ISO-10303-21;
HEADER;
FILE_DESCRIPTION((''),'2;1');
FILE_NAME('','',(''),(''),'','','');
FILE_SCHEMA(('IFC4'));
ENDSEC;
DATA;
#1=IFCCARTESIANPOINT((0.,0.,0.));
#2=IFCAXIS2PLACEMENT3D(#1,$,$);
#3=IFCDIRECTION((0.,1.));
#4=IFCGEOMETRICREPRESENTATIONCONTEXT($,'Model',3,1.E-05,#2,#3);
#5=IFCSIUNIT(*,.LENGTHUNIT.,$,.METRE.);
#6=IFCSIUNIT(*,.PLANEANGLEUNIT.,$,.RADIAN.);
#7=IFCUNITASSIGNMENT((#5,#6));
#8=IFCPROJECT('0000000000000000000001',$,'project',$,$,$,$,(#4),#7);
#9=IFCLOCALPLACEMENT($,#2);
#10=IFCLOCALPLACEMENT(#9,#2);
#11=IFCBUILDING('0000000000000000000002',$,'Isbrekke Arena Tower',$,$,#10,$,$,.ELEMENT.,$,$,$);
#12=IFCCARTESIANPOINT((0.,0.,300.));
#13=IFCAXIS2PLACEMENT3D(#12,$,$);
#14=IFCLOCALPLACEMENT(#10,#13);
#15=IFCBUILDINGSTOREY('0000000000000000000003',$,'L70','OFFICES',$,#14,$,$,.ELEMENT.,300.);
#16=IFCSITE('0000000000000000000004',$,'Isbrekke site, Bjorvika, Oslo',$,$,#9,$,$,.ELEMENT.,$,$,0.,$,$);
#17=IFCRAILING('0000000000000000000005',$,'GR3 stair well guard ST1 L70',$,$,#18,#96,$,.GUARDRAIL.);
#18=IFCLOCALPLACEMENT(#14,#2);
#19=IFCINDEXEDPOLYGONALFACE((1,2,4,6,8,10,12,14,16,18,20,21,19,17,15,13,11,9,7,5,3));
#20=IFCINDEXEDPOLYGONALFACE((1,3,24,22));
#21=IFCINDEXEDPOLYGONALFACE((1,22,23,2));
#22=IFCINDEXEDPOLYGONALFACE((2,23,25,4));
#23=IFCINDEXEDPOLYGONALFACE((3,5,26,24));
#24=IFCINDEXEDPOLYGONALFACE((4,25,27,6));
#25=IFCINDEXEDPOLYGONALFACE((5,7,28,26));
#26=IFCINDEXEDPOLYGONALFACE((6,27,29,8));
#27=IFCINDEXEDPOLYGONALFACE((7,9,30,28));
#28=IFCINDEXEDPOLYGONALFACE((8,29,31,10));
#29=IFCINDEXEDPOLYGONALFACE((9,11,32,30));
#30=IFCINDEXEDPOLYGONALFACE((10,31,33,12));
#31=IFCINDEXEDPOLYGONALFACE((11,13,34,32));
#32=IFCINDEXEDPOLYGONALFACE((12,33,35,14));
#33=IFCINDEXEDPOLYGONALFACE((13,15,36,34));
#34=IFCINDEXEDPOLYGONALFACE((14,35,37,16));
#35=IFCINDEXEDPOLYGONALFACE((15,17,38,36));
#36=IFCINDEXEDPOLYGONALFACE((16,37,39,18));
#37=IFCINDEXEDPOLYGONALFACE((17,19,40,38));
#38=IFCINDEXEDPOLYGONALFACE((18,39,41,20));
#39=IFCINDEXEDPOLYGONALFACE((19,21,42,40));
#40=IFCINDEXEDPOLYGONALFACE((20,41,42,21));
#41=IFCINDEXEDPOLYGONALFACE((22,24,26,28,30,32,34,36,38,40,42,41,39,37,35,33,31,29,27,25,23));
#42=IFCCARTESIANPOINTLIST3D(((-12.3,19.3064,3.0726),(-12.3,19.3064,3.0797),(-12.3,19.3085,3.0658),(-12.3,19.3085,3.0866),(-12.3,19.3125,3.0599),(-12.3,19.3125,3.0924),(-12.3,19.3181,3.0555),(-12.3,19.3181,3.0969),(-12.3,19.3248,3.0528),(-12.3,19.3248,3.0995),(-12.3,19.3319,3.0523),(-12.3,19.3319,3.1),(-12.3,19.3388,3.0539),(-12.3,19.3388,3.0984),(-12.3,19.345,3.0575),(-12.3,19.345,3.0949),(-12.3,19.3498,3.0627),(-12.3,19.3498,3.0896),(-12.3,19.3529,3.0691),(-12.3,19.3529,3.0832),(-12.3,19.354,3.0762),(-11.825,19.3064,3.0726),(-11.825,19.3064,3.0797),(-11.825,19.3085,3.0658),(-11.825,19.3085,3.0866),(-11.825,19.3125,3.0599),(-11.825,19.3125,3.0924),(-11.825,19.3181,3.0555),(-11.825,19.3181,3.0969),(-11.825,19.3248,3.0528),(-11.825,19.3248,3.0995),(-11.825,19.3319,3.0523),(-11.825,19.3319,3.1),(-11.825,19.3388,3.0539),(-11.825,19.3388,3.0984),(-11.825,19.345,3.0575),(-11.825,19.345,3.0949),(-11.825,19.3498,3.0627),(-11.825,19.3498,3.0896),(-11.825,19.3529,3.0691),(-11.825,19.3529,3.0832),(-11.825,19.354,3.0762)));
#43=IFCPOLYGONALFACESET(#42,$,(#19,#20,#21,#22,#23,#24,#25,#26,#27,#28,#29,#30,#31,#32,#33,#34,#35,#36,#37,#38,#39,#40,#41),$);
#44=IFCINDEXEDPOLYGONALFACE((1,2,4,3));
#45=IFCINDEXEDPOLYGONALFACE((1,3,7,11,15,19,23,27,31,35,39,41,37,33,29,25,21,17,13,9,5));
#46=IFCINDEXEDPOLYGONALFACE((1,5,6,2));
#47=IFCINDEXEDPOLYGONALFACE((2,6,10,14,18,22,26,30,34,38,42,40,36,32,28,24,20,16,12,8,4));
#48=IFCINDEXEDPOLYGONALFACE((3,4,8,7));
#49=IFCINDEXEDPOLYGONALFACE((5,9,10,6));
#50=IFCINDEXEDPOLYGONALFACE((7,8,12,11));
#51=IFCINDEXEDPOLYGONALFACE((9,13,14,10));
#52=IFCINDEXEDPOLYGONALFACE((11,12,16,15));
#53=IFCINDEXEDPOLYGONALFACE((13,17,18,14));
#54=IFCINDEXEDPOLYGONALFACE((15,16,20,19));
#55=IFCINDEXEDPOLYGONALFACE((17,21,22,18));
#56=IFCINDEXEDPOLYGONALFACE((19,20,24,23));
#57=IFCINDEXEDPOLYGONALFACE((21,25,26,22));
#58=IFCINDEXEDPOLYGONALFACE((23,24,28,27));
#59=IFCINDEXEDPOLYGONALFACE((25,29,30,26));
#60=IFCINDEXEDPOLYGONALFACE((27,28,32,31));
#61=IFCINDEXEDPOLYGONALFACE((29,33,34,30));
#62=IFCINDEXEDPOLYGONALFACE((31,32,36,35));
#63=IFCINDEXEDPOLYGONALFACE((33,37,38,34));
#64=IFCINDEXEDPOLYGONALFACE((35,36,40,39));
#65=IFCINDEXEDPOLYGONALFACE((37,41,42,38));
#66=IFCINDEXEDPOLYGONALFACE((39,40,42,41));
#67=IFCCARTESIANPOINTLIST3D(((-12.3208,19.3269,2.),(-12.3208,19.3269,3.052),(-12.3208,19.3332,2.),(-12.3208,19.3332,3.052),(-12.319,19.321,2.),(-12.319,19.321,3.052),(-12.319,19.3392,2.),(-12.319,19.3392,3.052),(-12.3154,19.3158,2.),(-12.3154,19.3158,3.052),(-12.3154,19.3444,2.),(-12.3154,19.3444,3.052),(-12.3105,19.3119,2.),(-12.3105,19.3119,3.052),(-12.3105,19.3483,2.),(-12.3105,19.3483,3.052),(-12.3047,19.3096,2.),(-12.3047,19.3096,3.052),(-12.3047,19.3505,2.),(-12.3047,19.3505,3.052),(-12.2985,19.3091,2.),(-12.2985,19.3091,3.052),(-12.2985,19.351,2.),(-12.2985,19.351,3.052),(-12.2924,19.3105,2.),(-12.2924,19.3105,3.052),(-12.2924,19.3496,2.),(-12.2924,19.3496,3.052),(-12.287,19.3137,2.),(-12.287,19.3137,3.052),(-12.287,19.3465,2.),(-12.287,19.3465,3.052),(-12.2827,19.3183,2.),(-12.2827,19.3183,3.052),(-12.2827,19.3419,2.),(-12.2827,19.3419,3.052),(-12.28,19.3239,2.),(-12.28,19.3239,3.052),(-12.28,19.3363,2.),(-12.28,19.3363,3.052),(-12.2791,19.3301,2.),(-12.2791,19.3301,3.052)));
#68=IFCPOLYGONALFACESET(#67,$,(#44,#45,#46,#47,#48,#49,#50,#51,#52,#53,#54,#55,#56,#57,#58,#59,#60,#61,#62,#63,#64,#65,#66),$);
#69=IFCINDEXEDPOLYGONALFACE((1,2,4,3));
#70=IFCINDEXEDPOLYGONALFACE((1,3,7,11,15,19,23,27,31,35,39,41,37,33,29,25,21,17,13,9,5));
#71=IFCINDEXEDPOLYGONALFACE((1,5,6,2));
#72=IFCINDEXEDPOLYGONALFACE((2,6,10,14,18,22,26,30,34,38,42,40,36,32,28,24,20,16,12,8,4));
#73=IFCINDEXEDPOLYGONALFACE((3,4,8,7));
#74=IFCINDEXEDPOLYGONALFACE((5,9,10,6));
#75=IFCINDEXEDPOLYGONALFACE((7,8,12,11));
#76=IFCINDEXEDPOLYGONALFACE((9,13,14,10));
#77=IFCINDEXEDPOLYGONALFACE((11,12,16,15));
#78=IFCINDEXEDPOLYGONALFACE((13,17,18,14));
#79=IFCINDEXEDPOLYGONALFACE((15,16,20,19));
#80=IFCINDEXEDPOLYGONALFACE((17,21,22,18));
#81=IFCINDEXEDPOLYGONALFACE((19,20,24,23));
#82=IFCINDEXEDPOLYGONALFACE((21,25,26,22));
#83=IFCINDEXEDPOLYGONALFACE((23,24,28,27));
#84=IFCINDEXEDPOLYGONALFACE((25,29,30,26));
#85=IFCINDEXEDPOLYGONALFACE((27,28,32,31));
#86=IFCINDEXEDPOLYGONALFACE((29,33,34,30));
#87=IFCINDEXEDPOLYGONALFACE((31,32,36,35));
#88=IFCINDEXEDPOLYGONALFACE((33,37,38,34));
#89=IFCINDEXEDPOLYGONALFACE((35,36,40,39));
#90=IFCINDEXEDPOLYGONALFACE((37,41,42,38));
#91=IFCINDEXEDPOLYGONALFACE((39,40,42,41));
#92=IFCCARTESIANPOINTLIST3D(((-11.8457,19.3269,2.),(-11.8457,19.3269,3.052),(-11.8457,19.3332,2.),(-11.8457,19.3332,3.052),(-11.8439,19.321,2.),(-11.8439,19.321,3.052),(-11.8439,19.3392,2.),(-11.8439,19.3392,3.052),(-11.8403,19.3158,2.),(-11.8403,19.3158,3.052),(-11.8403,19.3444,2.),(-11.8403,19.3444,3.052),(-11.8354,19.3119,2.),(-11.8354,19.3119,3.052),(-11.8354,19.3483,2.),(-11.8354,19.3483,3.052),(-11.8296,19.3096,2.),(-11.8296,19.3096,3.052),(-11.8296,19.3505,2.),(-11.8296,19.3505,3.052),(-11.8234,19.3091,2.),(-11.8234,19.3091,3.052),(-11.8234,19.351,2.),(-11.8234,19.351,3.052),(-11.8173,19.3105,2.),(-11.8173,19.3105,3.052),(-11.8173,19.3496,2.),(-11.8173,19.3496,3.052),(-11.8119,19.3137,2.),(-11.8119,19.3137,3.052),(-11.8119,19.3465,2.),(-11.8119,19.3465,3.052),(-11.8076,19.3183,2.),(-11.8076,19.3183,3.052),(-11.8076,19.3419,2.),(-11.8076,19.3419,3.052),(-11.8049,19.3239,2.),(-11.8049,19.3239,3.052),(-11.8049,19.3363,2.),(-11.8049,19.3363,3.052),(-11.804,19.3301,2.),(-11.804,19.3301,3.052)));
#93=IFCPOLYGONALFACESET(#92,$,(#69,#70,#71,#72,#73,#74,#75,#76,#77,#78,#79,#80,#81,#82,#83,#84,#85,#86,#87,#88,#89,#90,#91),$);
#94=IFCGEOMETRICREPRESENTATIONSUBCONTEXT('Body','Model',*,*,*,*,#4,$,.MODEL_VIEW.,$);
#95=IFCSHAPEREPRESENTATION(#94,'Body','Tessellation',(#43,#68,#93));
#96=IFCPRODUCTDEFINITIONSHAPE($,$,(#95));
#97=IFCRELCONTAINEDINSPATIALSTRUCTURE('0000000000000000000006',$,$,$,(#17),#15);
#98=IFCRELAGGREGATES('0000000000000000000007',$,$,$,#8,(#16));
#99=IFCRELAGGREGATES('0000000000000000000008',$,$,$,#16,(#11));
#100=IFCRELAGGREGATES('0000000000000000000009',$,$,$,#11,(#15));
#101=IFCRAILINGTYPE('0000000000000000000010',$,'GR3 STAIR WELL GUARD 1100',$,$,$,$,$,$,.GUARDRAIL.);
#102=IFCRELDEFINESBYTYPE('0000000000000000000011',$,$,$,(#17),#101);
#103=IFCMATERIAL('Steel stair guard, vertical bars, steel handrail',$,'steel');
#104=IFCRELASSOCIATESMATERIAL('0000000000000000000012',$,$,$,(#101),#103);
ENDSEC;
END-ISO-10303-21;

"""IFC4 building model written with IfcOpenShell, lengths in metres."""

from ifc_helpers import new_model, si_unit, direction, frame, origin, origin_2d, place, context, subcontext, project, spatial, circle, extrude, material, type_object, element, save


model = new_model("IFC4")

# Units and contexts
model_context = context("Model", 3, precision=1e-05, world=origin(), true_north=direction((0.0, 1.0)))
body_context = subcontext(model_context, "Body", "Model", "MODEL_VIEW")
ifc_project = project(units=[si_unit("LENGTHUNIT", "METRE"), si_unit("PLANEANGLEUNIT", "RADIAN")], contexts=[model_context])

# Site, building, storey
site_placement = place(None, origin())
site = spatial("IfcSite", under=ifc_project, at=site_placement, Name="Isbrekke site, Bjorvika, Oslo", CompositionType="ELEMENT", RefElevation=0.0)
building_placement = place(site_placement, origin())
building = spatial("IfcBuilding", under=site, at=building_placement, Name="Isbrekke Arena Tower", CompositionType="ELEMENT")
storey_placement = place(building_placement, frame((0.0, 0.0, 300.0)))
storey = spatial("IfcBuildingStorey", under=building, at=storey_placement, Name="L70", Description="OFFICES", CompositionType="ELEMENT", Elevation=300.0)

# Railing
ifc_material_1 = material(Name="Steel stair guard, vertical bars, steel handrail", Category="steel")
railing_type = type_object("IfcRailingType", Name="GR3 STAIR WELL GUARD 1100", PredefinedType="GUARDRAIL", material=ifc_material_1)
for number, where, name in (
    (1, (-12.3, 19.3301, 2.0), "GR3 stair well guard ST1 L70"),
):
    element("IfcRailing", number, at=place(storey_placement, frame(where)), inside=storey, type_object=railing_type, Name=name, PredefinedType="GUARDRAIL", context=body_context, shape_type="SweptSolid", body=[
        extrude(circle(Radius=0.0239, at=origin_2d()), frame((0.0, 0.0, 1.0762), z_axis=(1.0, 0.0, 0.0), x_axis=(0.0, 1.0, 0.0)), (0.0, 0.0, 1.0), 0.4751),
        extrude(circle(Radius=0.021, at=origin_2d()), origin(), (0.0, 0.0, 1.0), 1.052),
        extrude(circle(Radius=0.021, at=origin_2d()), frame((0.4751, 0.0, 0.0)), (0.0, 0.0, 1.0), 1.052),
    ])

save(model, "model.ifc")
